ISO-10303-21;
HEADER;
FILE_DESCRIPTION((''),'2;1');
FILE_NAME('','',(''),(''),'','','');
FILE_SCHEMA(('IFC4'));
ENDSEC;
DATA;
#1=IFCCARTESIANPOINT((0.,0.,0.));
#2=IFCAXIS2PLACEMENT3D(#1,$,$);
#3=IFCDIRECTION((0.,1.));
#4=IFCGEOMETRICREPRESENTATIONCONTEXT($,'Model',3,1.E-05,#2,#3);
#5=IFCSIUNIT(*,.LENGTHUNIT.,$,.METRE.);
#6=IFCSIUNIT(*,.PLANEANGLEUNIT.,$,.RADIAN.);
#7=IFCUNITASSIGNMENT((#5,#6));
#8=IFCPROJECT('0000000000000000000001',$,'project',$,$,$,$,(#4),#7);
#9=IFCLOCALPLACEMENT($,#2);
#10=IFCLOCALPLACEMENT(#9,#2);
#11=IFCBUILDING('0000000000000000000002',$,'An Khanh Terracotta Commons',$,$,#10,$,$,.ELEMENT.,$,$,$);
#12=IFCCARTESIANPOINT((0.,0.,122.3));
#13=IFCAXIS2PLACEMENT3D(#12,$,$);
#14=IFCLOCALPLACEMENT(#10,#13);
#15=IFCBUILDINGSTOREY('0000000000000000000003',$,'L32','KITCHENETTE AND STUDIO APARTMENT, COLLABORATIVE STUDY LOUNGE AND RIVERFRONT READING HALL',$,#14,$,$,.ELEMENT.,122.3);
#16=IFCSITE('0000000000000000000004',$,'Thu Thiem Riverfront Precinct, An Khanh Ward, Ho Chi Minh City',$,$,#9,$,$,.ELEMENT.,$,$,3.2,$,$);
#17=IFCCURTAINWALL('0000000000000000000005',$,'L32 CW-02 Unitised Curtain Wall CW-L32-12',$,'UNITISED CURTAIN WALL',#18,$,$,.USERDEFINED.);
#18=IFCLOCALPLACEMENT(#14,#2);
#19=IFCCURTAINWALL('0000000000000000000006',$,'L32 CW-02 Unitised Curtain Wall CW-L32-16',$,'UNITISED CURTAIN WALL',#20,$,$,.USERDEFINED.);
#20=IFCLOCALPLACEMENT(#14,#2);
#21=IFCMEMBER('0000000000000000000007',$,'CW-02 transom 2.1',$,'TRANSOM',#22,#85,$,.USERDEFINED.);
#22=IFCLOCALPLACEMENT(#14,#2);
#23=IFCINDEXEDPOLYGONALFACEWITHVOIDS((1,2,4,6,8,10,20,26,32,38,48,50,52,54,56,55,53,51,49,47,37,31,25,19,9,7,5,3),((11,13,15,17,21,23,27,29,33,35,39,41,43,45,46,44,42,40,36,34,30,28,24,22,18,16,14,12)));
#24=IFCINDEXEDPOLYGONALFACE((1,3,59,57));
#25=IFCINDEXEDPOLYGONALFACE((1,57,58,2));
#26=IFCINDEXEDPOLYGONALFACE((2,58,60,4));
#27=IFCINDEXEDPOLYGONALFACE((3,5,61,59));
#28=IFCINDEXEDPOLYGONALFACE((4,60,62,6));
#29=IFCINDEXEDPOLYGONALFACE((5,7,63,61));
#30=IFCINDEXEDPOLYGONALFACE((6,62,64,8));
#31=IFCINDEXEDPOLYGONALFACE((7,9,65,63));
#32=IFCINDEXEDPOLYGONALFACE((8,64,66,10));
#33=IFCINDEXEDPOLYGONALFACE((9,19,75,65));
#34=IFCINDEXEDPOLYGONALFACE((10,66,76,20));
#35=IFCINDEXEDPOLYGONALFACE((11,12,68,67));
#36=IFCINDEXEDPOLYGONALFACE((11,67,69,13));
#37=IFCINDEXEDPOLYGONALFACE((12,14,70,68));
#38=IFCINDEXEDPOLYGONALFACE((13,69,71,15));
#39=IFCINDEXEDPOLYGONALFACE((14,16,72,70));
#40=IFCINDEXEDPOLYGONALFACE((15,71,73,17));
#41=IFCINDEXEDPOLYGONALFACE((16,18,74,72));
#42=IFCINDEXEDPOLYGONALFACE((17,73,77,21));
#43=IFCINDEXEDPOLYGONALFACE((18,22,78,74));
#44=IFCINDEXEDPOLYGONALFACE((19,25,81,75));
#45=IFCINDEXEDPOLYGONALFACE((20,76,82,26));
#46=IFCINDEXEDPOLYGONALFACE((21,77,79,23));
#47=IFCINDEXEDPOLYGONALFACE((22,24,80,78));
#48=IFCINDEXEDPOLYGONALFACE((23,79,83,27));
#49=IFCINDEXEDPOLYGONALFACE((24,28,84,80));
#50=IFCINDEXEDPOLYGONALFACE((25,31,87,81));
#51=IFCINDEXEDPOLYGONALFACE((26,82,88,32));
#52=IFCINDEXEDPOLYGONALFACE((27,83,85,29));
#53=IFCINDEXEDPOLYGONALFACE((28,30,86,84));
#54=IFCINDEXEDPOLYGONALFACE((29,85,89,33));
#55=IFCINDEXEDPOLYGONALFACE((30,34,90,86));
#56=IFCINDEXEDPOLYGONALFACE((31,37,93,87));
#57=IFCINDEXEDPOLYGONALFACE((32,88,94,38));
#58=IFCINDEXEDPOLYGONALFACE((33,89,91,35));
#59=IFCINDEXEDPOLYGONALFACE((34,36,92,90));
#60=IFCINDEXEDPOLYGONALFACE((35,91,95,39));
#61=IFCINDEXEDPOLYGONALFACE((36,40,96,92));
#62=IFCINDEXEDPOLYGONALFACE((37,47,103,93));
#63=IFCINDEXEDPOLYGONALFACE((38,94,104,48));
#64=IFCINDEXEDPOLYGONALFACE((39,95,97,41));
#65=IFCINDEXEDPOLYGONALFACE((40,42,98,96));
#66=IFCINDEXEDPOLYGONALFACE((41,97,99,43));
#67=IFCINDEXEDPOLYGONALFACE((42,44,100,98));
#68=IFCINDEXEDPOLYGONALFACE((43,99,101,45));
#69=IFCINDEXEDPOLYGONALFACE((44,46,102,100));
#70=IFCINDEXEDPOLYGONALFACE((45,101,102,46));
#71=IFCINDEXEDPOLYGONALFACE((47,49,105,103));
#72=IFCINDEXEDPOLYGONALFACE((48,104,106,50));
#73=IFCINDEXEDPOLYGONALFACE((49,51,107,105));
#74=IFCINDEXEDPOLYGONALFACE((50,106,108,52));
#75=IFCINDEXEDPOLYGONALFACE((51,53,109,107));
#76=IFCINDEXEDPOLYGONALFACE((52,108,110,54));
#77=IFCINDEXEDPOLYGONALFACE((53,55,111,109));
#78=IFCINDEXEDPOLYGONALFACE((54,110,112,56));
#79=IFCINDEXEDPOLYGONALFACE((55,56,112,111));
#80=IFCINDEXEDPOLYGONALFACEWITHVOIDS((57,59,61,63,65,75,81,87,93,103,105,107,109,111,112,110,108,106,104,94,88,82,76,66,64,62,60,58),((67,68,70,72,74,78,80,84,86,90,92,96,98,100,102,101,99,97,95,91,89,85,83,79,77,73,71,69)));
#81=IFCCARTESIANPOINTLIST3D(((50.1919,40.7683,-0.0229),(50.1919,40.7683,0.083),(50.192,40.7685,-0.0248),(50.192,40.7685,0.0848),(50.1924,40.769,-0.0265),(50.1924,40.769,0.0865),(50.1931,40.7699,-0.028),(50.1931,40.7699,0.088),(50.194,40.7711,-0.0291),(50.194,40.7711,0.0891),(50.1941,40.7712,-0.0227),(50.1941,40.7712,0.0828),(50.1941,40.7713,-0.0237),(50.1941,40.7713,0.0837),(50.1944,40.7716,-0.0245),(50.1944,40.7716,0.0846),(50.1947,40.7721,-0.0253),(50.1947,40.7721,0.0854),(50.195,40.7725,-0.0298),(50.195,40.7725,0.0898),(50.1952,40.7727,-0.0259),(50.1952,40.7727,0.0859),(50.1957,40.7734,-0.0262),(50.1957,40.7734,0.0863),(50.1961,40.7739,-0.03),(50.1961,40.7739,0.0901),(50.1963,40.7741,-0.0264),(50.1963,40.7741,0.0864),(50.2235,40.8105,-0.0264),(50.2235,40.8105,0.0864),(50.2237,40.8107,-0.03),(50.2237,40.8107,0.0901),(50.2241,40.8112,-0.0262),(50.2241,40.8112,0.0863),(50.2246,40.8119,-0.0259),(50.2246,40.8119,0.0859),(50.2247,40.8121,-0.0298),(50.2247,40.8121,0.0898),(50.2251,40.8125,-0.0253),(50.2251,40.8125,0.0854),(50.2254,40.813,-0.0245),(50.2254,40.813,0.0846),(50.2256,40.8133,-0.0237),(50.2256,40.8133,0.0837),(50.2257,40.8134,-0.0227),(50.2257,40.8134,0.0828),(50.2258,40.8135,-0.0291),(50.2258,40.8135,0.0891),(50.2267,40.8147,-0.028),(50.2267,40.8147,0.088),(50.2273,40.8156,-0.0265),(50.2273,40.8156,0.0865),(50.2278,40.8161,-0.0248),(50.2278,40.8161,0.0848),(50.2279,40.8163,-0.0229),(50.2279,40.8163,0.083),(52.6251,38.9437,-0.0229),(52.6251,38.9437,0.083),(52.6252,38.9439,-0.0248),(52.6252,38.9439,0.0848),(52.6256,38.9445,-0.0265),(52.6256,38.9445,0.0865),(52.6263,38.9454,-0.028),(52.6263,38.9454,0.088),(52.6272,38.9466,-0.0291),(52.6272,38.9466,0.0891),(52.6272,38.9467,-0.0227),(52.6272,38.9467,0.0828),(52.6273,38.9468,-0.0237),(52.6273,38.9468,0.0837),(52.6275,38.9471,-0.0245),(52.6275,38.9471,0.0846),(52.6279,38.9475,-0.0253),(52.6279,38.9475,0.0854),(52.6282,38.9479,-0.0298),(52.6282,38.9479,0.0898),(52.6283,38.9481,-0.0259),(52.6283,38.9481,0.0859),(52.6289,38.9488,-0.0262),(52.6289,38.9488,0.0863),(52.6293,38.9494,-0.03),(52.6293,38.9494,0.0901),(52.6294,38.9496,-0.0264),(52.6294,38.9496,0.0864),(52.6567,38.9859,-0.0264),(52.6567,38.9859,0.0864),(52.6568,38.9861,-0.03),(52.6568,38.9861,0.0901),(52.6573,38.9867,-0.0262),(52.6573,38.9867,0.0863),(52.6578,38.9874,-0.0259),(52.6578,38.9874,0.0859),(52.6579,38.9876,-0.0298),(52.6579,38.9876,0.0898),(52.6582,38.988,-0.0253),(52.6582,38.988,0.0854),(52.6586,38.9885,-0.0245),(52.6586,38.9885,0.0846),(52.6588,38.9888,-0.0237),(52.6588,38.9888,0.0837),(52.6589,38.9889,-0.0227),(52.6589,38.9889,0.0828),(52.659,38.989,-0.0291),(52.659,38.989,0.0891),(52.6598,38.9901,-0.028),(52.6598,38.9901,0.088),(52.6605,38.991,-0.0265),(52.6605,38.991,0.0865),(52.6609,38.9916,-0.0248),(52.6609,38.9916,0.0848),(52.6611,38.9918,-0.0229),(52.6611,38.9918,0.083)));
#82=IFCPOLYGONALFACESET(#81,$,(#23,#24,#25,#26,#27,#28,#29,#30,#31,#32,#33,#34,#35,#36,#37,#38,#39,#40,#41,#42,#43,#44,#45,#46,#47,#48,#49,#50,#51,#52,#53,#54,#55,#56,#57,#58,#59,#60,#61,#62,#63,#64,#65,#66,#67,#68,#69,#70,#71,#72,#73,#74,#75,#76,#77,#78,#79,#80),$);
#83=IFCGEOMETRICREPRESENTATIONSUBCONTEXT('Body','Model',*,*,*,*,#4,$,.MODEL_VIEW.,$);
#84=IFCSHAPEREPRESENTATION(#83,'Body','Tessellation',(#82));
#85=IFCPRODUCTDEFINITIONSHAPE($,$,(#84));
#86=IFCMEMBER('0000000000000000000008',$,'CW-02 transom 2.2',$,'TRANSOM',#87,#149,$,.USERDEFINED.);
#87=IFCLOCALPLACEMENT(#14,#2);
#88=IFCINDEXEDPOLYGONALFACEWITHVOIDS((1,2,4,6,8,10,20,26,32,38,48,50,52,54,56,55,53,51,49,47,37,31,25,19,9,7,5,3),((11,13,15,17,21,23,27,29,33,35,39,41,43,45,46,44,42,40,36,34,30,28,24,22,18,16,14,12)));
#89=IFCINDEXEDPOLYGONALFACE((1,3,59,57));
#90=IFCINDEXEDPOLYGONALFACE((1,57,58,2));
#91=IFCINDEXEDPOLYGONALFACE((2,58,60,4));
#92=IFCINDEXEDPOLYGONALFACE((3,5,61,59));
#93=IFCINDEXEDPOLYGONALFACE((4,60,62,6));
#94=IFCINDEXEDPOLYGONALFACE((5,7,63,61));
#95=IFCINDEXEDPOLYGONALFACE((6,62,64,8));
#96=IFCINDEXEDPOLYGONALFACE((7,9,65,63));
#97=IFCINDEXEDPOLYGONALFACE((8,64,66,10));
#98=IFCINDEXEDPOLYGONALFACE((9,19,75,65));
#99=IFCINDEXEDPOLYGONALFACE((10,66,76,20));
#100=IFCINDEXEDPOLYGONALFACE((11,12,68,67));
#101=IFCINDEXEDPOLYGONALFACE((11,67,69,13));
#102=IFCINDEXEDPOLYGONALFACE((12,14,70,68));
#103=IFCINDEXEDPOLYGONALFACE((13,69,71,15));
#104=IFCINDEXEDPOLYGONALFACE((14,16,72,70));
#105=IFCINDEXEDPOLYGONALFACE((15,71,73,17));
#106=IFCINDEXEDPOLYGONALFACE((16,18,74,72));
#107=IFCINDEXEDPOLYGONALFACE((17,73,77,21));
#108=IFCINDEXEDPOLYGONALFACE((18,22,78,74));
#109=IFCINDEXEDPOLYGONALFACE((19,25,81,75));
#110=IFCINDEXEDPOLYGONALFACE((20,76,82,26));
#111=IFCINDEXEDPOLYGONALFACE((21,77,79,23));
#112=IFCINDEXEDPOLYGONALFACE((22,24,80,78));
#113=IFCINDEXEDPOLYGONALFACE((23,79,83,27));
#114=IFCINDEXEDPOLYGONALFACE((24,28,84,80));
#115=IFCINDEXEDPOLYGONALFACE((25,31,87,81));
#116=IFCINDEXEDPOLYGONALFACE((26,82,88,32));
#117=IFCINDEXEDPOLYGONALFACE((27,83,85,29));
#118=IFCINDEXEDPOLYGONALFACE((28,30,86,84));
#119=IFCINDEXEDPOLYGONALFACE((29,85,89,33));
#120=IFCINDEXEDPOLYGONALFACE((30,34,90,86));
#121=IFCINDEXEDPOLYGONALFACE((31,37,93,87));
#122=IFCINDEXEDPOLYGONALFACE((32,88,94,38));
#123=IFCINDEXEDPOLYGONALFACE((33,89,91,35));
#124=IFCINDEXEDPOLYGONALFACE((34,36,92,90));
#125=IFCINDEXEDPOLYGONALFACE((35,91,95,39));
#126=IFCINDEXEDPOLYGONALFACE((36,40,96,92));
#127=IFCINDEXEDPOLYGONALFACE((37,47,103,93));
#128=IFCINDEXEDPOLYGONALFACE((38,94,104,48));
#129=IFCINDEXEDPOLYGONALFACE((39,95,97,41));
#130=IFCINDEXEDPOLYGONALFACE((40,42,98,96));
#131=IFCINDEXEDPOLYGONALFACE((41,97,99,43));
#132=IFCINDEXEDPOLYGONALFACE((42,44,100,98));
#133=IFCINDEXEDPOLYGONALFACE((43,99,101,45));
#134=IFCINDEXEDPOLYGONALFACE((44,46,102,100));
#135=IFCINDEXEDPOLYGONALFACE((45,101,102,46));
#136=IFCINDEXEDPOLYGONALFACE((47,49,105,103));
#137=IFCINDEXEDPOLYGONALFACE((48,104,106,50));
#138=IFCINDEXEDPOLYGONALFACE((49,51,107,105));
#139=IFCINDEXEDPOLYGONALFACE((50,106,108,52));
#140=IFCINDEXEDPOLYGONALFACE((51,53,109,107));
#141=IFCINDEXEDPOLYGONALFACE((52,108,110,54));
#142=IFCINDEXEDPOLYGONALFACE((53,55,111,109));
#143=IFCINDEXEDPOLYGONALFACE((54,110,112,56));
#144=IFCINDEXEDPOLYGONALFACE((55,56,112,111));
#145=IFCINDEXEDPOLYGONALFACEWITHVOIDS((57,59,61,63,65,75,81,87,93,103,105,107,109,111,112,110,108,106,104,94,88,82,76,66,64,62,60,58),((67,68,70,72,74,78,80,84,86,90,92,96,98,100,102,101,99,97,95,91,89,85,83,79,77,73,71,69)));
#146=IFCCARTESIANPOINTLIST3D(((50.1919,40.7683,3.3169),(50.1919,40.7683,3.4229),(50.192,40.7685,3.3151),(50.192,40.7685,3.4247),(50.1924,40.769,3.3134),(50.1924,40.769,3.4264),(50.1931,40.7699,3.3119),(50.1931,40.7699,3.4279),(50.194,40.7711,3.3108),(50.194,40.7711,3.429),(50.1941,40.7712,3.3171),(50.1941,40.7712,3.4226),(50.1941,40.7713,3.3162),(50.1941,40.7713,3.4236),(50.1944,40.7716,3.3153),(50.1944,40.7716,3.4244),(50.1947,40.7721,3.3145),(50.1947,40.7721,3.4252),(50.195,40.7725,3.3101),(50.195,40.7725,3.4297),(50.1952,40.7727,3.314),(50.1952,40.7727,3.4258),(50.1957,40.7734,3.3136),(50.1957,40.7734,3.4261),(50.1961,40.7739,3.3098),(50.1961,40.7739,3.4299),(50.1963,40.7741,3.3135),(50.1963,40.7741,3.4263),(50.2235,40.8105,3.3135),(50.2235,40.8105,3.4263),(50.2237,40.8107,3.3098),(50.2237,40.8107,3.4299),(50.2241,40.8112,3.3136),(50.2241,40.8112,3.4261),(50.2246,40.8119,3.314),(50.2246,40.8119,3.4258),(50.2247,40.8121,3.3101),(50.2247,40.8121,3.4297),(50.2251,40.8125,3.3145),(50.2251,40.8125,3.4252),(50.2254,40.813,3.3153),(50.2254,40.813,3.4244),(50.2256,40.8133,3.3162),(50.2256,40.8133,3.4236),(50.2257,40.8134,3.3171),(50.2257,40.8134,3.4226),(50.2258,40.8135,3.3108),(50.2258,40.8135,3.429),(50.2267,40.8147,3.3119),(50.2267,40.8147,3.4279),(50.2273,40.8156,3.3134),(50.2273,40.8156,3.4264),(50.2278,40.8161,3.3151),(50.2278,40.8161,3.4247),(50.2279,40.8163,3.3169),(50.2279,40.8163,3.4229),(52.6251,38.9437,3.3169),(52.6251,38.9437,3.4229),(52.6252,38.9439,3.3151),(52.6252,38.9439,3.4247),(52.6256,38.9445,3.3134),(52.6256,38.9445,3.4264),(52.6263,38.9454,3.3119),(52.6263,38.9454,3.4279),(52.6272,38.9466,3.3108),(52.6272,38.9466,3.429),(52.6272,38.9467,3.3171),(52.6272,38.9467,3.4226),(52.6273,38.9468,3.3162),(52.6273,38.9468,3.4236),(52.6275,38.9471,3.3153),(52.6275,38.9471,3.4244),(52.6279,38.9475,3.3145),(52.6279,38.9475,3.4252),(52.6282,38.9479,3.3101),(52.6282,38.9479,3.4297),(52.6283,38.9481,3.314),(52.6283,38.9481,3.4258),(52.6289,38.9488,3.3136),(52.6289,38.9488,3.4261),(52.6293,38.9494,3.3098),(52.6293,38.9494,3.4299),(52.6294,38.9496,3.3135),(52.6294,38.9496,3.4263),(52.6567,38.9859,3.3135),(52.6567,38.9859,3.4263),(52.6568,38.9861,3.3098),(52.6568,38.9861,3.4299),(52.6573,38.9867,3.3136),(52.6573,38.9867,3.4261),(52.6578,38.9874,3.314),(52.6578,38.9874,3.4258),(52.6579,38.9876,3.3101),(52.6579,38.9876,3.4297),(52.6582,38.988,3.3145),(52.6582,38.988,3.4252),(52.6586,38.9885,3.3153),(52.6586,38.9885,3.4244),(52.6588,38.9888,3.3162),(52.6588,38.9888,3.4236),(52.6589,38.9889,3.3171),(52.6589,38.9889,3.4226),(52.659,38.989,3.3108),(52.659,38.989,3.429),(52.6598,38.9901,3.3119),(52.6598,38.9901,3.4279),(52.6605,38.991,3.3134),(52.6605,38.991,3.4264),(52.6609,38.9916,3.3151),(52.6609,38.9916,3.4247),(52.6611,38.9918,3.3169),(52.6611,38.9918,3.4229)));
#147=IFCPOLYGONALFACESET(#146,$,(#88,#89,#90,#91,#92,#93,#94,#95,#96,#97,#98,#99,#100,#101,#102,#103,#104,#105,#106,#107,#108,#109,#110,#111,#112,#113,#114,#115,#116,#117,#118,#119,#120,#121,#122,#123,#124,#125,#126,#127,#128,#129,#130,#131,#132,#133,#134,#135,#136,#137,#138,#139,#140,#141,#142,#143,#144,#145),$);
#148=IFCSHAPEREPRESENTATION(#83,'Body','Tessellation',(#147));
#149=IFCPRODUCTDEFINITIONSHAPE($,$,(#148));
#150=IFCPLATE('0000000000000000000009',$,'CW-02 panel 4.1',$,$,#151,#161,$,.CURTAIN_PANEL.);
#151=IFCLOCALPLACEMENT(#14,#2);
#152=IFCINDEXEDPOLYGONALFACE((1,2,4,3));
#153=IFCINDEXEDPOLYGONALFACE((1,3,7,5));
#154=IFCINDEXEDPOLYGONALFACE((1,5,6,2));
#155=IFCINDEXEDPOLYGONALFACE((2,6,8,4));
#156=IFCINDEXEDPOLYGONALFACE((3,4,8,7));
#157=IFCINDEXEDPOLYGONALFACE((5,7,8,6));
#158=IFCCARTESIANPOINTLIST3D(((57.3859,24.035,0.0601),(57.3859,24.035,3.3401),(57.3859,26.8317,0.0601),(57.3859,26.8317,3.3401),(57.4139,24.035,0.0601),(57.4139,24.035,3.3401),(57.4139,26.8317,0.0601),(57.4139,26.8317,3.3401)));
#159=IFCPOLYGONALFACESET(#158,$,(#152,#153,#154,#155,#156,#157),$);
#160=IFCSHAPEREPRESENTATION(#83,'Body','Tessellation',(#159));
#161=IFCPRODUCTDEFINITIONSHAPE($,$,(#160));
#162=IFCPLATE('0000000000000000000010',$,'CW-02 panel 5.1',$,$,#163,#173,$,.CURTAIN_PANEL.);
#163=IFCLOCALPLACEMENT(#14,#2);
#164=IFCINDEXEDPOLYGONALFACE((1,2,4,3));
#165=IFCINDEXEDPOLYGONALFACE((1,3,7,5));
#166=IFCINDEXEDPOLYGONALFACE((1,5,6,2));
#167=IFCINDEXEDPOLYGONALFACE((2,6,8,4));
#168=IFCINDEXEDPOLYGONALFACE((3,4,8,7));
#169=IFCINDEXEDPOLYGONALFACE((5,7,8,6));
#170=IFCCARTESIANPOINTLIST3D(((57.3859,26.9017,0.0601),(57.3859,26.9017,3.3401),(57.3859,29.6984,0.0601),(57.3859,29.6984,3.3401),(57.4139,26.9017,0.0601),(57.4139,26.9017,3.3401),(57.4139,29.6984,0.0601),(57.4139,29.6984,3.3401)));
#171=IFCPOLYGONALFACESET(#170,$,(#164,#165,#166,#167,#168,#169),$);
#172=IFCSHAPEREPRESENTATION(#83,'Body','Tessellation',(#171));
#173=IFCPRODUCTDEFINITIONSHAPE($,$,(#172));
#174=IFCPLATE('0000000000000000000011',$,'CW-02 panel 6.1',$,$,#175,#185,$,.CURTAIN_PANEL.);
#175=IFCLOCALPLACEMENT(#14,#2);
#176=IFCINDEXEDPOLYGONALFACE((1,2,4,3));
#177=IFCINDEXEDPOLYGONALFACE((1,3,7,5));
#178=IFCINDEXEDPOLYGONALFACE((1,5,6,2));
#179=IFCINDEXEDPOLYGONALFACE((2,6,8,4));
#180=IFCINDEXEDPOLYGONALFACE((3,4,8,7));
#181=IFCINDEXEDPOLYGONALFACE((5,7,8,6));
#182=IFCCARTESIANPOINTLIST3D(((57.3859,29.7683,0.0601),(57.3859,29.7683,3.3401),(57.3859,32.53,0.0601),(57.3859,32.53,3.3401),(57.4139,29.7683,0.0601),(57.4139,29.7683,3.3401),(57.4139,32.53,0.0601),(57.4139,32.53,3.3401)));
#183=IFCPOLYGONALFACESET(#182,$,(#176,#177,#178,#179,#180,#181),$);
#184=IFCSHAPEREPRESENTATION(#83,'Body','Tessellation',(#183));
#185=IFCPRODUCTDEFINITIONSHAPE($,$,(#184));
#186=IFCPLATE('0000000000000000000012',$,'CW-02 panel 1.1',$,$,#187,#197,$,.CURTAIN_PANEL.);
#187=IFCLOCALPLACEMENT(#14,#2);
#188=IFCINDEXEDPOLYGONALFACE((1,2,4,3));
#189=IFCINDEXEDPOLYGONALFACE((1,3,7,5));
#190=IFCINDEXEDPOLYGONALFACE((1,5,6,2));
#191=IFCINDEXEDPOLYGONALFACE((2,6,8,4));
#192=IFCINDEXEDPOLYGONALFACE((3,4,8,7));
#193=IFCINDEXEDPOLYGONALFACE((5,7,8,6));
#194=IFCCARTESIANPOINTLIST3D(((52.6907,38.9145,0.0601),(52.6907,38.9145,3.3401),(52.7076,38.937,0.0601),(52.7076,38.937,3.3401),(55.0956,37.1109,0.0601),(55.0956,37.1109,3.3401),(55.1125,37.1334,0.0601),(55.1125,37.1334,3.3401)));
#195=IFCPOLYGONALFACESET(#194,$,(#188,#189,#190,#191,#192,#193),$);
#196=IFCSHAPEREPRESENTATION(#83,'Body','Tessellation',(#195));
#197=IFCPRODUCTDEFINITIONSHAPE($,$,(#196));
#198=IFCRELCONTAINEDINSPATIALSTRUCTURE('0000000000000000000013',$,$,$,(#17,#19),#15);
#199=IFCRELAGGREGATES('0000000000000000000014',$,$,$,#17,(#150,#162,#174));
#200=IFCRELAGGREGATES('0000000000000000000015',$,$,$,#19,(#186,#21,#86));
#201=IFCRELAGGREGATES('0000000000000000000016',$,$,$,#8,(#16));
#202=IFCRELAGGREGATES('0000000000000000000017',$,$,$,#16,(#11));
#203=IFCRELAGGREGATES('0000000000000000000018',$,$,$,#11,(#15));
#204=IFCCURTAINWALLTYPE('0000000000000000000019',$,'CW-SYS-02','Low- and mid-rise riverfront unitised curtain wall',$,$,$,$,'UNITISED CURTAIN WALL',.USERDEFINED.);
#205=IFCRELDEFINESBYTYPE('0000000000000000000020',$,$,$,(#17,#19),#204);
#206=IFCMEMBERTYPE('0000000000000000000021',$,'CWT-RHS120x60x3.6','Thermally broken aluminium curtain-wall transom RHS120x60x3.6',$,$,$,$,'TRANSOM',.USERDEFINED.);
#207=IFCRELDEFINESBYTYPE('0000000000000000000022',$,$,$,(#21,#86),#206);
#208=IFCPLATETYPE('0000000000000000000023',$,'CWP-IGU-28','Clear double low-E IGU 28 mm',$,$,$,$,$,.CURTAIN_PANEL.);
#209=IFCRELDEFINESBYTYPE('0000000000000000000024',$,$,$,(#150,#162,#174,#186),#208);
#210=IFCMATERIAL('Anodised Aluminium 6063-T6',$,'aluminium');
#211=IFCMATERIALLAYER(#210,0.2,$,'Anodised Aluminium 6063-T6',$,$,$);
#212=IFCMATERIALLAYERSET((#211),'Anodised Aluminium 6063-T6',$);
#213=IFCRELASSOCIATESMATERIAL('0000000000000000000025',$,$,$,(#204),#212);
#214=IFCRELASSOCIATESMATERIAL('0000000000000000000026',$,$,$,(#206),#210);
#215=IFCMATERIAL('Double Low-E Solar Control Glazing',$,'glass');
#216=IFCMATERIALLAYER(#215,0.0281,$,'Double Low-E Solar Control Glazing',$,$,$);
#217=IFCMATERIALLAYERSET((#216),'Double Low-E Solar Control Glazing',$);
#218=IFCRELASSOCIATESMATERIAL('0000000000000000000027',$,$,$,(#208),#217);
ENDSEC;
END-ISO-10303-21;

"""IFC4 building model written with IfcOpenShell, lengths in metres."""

from ifc_helpers import new_model, si_unit, direction, frame, origin, origin_2d, place, context, subcontext, project, spatial, rectangle, hollow_rectangle, extrude, material, layer, layer_set, material_profile, profile_set, type_object, element, aggregate, save


model = new_model("IFC4")

# Units and contexts
model_context = context("Model", 3, precision=1e-05, world=origin(), true_north=direction((0.0, 1.0)))
body_context = subcontext(model_context, "Body", "Model", "MODEL_VIEW")
ifc_project = project(units=[si_unit("LENGTHUNIT", "METRE"), si_unit("PLANEANGLEUNIT", "RADIAN")], contexts=[model_context])

# Site, building, storey
site_placement = place(None, origin())
site = spatial("IfcSite", under=ifc_project, at=site_placement, Name="Thu Thiem Riverfront Precinct, An Khanh Ward, Ho Chi Minh City", CompositionType="ELEMENT", RefElevation=3.2)
building_placement = place(site_placement, origin())
building = spatial("IfcBuilding", under=site, at=building_placement, Name="An Khanh Terracotta Commons", CompositionType="ELEMENT")
storey_placement = place(building_placement, frame((0.0, 0.0, 122.3)))
storey = spatial("IfcBuildingStorey", under=building, at=storey_placement, Name="L32", Description="KITCHENETTE AND STUDIO APARTMENT, COLLABORATIVE STUDY LOUNGE AND RIVERFRONT READING HALL", CompositionType="ELEMENT", Elevation=122.3)

# Curtain walls
ifc_material_1 = material(Name="Anodised Aluminium 6063-T6", Category="aluminium")
ifc_layer_1 = layer(ifc_material_1, 0.2, Name="Anodised Aluminium 6063-T6")
ifc_layer_set_1 = layer_set([ifc_layer_1], Name="Anodised Aluminium 6063-T6")
curtain_wall_type = type_object("IfcCurtainWallType", Name="CW-SYS-02", Description="Low- and mid-rise riverfront unitised curtain wall", ElementType="UNITISED CURTAIN WALL", PredefinedType="USERDEFINED", material=ifc_layer_set_1)
curtain_wall_1_placement = place(storey_placement, origin())
curtain_wall_1 = element("IfcCurtainWall", 1, at=curtain_wall_1_placement, inside=storey, type_object=curtain_wall_type, Name="L32 CW-02 Unitised Curtain Wall CW-L32-12", ObjectType="UNITISED CURTAIN WALL", PredefinedType="USERDEFINED")
curtain_wall_2_placement = place(storey_placement, origin())
curtain_wall_2 = element("IfcCurtainWall", 2, at=curtain_wall_2_placement, inside=storey, type_object=curtain_wall_type, Name="L32 CW-02 Unitised Curtain Wall CW-L32-16", ObjectType="UNITISED CURTAIN WALL", PredefinedType="USERDEFINED")

# Members
ifc_material_profile_1 = material_profile(ifc_material_1, hollow_rectangle(XDim=0.0601, YDim=0.1201, WallThickness=0.0037, InnerFilletRadius=0.0037, OuterFilletRadius=0.0071, at=origin_2d()), Name="RHS120x60x3.6")
ifc_profile_set_1 = profile_set([ifc_material_profile_1], Name="Anodised Aluminium 6063-T6")
member_type_1 = type_object("IfcMemberType", Name="CWT-RHS120x60x3.6", Description="Thermally broken aluminium curtain-wall transom RHS120x60x3.6", ElementType="TRANSOM", PredefinedType="USERDEFINED", material=ifc_profile_set_1)
member_1_placement = place(storey_placement, frame((52.6431, 38.9678, 0.03), z_axis=(-0.800058, 0.599923, 0.0), x_axis=(-0.599923, -0.800058, 0.0)))
member_1 = element("IfcMember", 3, at=member_1_placement, type_object=member_type_1, Name="CW-02 transom 2.1", ObjectType="TRANSOM", PredefinedType="USERDEFINED", context=body_context, shape_type="SweptSolid", body=[
    extrude(hollow_rectangle(XDim=0.0601, YDim=0.1201, WallThickness=0.0037, InnerFilletRadius=0.0037, OuterFilletRadius=0.0071, at=origin_2d()), origin(), (0.0, 0.0, 1.0), 3.0413),
])
member_2_placement = place(storey_placement, frame((52.6431, 38.9678, 3.3699), z_axis=(-0.800058, 0.599923, 0.0), x_axis=(-0.599923, -0.800058, 0.0)))
member_2 = element("IfcMember", 4, at=member_2_placement, type_object=member_type_1, Name="CW-02 transom 2.2", ObjectType="TRANSOM", PredefinedType="USERDEFINED", context=body_context, shape_type="SweptSolid", body=[
    extrude(hollow_rectangle(XDim=0.0601, YDim=0.1201, WallThickness=0.0037, InnerFilletRadius=0.0037, OuterFilletRadius=0.0071, at=origin_2d()), origin(), (0.0, 0.0, 1.0), 3.0413),
])

# Plates
ifc_material_2 = material(Name="Double Low-E Solar Control Glazing", Category="glass")
ifc_layer_2 = layer(ifc_material_2, 0.0281, Name="Double Low-E Solar Control Glazing")
ifc_layer_set_2 = layer_set([ifc_layer_2], Name="Double Low-E Solar Control Glazing")
plate_type = type_object("IfcPlateType", Name="CWP-IGU-28", Description="Clear double low-E IGU 28 mm", PredefinedType="CURTAIN_PANEL", material=ifc_layer_set_2)
plate_1_placement = place(storey_placement, frame((57.3999, 25.4333, 0.0601), z_axis=(0.0, 0.0, 1.0), x_axis=(0.0, 1.0, 0.0)))
plate_1 = element("IfcPlate", 5, at=plate_1_placement, type_object=plate_type, Name="CW-02 panel 4.1", PredefinedType="CURTAIN_PANEL", context=body_context, shape_type="SweptSolid", body=[
    extrude(rectangle(XDim=2.7966, YDim=0.0281, at=origin_2d()), origin(), (0.0, 0.0, 1.0), 3.28),
])
plate_2_placement = place(storey_placement, frame((57.3999, 28.3, 0.0601), z_axis=(0.0, 0.0, 1.0), x_axis=(0.0, 1.0, 0.0)))
plate_2 = element("IfcPlate", 6, at=plate_2_placement, type_object=plate_type, Name="CW-02 panel 5.1", PredefinedType="CURTAIN_PANEL", context=body_context, shape_type="SweptSolid", body=[
    extrude(rectangle(XDim=2.7966, YDim=0.0281, at=origin_2d()), origin(), (0.0, 0.0, 1.0), 3.28),
])
plate_3_placement = place(storey_placement, frame((57.3999, 31.1492, 0.0601), z_axis=(0.0, 0.0, 1.0), x_axis=(0.0, 1.0, 0.0)))
plate_3 = element("IfcPlate", 7, at=plate_3_placement, type_object=plate_type, Name="CW-02 panel 6.1", PredefinedType="CURTAIN_PANEL", context=body_context, shape_type="SweptSolid", body=[
    extrude(rectangle(XDim=2.7617, YDim=0.0281, at=origin_2d()), origin(), (0.0, 0.0, 1.0), 3.28),
])
aggregate(curtain_wall_1, [plate_1, plate_2, plate_3])
plate_4_placement = place(storey_placement, frame((53.9016, 38.0239, 0.0601), z_axis=(0.0, 0.0, 1.0), x_axis=(-0.800013, 0.599983, 0.0)))
plate_4 = element("IfcPlate", 8, at=plate_4_placement, type_object=plate_type, Name="CW-02 panel 1.1", PredefinedType="CURTAIN_PANEL", context=body_context, shape_type="SweptSolid", body=[
    extrude(rectangle(XDim=3.0061, YDim=0.0281, at=origin_2d()), origin(), (0.0, 0.0, 1.0), 3.28),
])
aggregate(curtain_wall_2, [plate_4, member_1, member_2])

save(model, "model.ifc")
